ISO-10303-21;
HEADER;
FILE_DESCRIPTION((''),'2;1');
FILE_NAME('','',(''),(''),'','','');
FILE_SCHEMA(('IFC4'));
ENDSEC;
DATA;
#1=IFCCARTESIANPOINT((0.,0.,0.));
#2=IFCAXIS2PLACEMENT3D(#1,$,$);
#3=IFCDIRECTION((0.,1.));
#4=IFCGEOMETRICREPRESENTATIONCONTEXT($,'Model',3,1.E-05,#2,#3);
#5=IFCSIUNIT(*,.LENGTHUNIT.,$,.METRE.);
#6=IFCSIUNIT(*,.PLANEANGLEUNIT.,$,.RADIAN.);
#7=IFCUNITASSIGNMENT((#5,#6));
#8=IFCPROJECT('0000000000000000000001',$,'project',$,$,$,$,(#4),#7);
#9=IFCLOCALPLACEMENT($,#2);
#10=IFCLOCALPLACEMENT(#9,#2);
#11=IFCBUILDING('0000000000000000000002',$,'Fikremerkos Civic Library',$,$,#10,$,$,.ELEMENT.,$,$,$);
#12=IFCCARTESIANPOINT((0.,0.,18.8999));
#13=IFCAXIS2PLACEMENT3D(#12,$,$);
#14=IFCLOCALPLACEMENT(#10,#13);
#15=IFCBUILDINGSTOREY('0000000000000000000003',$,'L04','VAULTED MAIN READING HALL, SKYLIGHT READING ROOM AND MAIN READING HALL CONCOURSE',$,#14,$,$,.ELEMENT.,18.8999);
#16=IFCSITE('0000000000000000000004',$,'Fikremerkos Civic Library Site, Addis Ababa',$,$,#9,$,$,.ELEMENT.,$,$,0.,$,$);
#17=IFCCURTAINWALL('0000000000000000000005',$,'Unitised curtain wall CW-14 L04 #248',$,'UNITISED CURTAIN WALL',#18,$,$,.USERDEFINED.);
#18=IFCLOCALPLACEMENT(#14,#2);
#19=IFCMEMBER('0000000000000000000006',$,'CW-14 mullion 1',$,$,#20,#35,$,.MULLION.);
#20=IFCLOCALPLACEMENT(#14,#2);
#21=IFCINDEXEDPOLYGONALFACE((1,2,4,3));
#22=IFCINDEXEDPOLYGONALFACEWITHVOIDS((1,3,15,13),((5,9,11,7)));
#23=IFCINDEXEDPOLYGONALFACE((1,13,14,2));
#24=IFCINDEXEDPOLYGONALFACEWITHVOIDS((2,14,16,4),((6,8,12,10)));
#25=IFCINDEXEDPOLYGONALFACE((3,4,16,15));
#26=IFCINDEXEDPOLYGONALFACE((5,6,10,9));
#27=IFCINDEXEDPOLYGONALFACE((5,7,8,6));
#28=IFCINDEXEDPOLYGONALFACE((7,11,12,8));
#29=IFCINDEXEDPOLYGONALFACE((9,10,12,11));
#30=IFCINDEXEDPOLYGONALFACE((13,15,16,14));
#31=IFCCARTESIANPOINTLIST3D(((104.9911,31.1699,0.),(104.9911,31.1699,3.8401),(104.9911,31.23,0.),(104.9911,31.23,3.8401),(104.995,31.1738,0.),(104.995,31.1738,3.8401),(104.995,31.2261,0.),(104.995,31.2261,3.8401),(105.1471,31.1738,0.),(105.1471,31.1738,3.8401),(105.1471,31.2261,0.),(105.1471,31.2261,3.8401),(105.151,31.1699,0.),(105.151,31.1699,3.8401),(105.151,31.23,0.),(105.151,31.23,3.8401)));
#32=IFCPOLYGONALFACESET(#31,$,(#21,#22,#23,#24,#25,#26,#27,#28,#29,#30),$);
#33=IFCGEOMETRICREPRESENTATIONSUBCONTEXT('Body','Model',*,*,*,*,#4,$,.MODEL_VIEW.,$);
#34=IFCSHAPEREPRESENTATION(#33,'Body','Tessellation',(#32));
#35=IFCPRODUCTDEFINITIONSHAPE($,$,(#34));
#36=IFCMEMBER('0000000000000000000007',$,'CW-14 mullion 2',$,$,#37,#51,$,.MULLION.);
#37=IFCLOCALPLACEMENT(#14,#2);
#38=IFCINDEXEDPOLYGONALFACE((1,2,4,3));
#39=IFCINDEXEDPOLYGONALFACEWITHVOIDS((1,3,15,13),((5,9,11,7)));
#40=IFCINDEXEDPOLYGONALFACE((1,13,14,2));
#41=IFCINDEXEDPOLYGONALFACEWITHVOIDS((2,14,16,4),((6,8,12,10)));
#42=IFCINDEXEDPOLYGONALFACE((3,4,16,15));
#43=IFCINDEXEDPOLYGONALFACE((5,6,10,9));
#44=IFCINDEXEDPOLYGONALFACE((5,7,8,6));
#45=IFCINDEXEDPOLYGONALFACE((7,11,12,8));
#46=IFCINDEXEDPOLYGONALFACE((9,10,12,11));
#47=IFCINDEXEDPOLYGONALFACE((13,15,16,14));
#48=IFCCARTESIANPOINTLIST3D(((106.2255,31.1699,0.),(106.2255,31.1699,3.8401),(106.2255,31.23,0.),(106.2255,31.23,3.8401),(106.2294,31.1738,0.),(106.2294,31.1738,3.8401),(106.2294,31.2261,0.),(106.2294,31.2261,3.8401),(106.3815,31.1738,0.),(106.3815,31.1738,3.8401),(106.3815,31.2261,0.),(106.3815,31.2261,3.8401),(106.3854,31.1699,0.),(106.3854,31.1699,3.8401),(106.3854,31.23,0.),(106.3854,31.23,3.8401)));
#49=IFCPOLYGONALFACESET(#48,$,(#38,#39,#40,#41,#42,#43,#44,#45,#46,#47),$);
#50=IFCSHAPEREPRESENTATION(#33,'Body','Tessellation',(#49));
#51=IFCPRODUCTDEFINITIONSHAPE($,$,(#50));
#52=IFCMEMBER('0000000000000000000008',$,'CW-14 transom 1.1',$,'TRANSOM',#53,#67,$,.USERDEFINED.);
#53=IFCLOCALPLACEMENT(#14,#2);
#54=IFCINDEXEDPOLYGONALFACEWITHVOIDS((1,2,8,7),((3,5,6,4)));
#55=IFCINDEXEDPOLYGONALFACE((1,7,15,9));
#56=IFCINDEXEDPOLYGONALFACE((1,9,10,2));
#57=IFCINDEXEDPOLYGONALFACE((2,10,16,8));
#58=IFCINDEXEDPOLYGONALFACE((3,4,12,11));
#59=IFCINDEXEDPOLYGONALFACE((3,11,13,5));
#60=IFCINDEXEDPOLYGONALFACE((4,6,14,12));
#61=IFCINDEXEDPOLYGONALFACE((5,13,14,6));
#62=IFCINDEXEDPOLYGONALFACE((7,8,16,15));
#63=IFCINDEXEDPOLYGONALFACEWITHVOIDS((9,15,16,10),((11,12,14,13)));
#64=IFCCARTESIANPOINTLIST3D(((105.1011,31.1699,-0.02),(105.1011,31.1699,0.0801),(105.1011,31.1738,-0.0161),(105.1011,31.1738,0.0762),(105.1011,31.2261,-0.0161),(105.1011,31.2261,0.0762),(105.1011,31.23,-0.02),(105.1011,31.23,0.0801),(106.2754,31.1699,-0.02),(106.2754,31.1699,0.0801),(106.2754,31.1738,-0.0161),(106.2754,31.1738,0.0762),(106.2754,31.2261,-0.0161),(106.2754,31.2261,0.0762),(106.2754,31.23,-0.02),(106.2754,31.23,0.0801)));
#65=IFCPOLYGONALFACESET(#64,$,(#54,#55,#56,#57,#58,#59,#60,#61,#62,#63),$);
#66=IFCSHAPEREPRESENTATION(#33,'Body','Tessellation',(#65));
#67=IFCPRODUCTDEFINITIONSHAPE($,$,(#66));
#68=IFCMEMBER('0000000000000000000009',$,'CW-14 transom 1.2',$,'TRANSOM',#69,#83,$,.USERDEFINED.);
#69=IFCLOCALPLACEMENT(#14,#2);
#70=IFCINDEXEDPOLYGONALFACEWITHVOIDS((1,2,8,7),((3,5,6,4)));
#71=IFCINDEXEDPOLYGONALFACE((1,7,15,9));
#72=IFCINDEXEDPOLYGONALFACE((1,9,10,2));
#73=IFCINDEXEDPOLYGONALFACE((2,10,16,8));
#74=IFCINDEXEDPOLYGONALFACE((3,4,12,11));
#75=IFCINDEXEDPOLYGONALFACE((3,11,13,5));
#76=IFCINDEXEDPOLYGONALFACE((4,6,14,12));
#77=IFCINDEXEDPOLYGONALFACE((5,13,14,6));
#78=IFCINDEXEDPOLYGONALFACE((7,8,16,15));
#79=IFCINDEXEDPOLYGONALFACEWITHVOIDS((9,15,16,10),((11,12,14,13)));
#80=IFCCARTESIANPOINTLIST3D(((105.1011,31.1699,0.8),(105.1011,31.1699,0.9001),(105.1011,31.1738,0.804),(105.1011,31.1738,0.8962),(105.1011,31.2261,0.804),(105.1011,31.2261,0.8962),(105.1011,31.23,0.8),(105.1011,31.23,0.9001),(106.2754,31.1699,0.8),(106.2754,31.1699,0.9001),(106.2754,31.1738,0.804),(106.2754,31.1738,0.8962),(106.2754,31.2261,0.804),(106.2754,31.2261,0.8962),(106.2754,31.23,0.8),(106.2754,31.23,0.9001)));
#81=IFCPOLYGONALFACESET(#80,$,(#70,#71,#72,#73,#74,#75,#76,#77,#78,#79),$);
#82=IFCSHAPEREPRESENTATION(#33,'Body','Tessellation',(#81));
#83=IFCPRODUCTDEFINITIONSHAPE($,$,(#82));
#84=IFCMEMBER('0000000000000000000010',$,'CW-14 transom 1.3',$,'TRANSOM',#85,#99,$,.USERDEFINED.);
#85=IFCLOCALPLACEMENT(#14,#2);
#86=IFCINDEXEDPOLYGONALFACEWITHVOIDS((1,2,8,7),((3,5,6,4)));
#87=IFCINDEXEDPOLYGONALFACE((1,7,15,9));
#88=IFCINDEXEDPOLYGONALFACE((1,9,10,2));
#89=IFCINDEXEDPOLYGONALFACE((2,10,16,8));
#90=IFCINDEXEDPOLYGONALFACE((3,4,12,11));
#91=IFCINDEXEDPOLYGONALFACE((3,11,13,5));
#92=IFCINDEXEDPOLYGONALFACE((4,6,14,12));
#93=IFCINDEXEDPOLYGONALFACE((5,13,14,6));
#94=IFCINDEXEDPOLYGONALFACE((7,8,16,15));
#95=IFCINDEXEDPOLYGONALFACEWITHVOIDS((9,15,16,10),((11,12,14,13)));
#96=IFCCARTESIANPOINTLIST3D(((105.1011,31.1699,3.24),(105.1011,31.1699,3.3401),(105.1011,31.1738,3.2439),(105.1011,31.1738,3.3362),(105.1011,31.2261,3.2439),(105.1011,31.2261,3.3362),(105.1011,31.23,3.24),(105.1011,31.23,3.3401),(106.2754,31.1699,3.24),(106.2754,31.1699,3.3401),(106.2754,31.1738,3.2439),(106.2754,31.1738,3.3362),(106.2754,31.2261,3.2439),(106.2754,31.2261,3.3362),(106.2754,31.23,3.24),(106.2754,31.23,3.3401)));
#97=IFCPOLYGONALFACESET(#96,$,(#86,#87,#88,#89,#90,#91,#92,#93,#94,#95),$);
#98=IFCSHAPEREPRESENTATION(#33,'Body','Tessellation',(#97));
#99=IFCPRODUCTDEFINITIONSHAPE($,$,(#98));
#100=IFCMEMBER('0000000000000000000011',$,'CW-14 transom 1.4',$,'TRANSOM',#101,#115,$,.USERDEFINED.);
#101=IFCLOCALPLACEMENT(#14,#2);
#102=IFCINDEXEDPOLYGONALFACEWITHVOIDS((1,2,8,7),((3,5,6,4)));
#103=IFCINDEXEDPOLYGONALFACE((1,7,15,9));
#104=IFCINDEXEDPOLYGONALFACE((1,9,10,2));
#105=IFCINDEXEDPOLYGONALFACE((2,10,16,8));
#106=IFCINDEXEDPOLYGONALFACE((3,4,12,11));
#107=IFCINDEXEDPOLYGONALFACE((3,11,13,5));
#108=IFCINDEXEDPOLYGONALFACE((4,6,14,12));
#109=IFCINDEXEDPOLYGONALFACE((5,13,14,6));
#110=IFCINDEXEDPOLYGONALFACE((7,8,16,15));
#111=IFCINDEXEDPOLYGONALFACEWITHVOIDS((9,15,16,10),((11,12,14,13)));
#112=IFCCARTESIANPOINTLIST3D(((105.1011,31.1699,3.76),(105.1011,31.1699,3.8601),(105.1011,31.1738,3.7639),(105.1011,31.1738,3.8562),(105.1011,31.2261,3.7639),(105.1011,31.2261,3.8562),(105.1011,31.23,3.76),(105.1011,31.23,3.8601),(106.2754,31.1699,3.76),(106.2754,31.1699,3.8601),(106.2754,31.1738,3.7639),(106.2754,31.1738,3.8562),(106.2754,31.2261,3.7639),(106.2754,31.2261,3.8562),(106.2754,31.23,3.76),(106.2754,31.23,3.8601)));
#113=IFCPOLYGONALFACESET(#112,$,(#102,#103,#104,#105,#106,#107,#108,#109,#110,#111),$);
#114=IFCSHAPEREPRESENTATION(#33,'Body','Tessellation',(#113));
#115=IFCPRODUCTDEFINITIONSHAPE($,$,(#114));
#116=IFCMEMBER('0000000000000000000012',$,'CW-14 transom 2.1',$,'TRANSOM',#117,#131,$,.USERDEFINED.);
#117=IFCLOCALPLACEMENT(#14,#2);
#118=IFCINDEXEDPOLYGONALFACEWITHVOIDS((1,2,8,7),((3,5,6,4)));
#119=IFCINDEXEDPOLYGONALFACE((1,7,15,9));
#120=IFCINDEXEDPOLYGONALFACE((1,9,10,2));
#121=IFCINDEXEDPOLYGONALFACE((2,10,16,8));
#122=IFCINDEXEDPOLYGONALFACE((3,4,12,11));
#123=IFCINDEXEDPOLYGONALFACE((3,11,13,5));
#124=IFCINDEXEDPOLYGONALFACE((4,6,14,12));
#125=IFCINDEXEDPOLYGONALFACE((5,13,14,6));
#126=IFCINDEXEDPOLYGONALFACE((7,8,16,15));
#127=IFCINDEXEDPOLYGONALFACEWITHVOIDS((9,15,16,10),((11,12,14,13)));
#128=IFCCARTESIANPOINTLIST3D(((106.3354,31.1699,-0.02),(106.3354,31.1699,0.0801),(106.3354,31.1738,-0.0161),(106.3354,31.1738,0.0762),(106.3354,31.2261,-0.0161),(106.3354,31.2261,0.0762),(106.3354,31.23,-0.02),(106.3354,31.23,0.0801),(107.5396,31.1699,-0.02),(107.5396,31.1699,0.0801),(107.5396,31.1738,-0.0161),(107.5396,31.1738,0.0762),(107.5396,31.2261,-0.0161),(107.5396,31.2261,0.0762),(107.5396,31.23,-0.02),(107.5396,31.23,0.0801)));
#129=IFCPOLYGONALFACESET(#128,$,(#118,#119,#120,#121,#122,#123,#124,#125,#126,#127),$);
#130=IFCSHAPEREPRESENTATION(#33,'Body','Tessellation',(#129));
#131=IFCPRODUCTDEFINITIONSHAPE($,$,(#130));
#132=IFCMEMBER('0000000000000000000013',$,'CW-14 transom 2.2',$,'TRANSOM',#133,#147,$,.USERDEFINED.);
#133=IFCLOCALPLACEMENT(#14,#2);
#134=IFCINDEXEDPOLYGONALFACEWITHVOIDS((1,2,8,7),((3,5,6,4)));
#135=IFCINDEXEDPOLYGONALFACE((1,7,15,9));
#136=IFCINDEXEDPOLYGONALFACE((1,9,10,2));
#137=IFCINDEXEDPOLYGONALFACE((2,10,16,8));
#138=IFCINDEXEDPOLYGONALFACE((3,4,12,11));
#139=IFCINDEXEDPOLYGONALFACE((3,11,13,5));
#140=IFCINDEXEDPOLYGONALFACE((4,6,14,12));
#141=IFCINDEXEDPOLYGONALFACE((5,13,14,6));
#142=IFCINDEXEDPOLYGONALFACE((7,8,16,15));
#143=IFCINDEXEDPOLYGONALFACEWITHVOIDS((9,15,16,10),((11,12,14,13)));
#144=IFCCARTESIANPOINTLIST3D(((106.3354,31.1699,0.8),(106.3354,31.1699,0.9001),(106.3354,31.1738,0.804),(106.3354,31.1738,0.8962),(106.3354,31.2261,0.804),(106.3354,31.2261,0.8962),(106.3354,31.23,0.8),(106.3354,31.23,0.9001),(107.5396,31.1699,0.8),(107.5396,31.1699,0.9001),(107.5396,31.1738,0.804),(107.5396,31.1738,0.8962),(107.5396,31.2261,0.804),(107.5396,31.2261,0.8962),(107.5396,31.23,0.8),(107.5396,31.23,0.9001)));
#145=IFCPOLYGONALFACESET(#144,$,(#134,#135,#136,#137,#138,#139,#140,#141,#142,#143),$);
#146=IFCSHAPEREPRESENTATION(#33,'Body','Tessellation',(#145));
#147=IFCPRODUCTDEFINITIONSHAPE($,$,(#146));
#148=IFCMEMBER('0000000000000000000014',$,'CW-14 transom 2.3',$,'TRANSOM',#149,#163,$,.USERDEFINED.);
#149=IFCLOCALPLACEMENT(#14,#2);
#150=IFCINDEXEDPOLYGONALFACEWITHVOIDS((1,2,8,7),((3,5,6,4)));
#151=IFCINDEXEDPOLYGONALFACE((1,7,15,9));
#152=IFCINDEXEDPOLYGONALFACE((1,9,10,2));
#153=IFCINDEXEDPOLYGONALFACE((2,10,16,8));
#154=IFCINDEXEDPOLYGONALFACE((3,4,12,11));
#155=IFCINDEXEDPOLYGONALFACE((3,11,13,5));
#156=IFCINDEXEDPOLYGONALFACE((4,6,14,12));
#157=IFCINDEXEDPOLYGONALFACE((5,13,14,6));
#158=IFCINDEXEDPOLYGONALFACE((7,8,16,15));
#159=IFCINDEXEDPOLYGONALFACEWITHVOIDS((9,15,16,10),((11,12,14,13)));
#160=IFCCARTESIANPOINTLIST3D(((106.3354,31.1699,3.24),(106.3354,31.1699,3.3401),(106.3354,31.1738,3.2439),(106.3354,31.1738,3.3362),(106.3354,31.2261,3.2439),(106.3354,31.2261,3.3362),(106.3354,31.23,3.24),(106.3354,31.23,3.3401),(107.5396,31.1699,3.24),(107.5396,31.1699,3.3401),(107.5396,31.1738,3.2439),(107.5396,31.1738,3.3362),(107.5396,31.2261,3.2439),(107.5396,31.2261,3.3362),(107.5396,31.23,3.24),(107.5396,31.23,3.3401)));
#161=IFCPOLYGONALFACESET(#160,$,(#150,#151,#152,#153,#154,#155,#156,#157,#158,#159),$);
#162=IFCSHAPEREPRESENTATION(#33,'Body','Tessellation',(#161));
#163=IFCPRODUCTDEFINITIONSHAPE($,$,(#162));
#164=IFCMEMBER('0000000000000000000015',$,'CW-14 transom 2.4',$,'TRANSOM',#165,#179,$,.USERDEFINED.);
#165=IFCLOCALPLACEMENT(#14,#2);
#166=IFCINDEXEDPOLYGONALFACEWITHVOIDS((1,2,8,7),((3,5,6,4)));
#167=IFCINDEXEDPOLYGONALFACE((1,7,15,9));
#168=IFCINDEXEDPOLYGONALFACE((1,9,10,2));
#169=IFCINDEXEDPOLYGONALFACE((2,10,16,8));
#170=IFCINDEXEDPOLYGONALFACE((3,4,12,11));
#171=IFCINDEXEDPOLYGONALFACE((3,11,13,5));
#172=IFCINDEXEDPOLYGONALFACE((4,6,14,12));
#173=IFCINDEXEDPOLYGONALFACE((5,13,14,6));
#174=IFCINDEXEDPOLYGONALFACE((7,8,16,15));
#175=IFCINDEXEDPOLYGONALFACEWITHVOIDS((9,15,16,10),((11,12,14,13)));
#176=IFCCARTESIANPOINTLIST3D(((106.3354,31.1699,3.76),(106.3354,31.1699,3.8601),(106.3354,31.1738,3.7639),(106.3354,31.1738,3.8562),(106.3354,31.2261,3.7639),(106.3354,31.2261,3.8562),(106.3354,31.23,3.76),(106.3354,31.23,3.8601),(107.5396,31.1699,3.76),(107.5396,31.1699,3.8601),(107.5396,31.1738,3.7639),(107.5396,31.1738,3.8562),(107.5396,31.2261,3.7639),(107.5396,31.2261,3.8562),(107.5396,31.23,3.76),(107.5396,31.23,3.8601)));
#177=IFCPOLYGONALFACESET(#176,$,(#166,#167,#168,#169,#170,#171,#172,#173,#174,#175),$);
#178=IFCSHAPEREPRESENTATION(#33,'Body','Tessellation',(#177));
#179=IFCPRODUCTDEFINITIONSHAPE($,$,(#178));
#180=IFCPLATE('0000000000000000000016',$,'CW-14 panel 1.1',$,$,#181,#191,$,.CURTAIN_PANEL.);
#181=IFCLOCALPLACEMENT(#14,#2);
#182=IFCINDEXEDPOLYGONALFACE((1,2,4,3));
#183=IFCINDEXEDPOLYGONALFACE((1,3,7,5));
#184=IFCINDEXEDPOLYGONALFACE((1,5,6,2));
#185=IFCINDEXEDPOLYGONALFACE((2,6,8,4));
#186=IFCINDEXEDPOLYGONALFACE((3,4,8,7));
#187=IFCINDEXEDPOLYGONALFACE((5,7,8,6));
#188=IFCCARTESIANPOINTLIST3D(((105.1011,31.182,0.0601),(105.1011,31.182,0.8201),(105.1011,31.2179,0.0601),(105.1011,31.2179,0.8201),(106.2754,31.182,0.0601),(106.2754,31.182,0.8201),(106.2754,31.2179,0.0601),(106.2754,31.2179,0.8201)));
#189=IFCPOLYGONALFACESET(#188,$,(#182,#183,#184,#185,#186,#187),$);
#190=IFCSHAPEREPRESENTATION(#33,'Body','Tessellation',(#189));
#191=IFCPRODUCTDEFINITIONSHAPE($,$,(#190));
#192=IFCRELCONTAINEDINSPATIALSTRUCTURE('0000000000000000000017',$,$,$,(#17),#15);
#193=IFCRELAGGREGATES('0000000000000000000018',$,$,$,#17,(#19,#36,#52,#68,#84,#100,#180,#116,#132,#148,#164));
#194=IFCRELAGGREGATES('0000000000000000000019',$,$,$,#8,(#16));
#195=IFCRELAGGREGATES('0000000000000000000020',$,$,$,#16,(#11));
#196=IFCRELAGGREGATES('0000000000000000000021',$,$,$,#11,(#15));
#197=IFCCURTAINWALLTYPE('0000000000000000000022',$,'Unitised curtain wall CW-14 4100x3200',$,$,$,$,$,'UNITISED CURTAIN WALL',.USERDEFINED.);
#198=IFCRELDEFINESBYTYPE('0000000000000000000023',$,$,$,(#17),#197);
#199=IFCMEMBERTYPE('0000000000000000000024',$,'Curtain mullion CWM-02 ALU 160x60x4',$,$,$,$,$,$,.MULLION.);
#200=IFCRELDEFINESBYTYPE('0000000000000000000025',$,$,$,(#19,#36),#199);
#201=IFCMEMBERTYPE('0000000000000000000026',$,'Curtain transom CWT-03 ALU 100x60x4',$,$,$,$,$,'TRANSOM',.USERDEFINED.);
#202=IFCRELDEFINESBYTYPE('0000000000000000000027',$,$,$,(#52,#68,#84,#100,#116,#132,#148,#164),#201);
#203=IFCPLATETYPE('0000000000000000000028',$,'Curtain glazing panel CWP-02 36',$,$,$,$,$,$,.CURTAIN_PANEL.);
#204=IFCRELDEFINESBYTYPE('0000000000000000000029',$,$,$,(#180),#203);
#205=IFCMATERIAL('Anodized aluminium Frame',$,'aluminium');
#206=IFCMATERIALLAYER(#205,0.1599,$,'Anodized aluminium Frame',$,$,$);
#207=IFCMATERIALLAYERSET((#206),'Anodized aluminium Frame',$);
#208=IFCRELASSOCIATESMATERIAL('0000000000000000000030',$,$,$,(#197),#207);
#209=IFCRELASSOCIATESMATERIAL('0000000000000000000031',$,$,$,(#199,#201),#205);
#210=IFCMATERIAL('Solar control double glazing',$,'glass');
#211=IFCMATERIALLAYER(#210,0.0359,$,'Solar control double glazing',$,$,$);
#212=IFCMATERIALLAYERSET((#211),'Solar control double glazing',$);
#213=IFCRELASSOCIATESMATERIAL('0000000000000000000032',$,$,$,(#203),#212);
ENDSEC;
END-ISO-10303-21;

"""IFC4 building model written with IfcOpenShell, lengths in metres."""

from ifc_helpers import new_model, si_unit, direction, frame, origin, origin_2d, place, context, subcontext, project, spatial, rectangle, hollow_rectangle, extrude, material, layer, layer_set, material_profile, profile_set, type_object, element, aggregate, save


model = new_model("IFC4")

# Units and contexts
model_context = context("Model", 3, precision=1e-05, world=origin(), true_north=direction((0.0, 1.0)))
body_context = subcontext(model_context, "Body", "Model", "MODEL_VIEW")
ifc_project = project(units=[si_unit("LENGTHUNIT", "METRE"), si_unit("PLANEANGLEUNIT", "RADIAN")], contexts=[model_context])

# Site, building, storey
site_placement = place(None, origin())
site = spatial("IfcSite", under=ifc_project, at=site_placement, Name="Fikremerkos Civic Library Site, Addis Ababa", CompositionType="ELEMENT", RefElevation=0.0)
building_placement = place(site_placement, origin())
building = spatial("IfcBuilding", under=site, at=building_placement, Name="Fikremerkos Civic Library", CompositionType="ELEMENT")
storey_placement = place(building_placement, frame((0.0, 0.0, 18.8999)))
storey = spatial("IfcBuildingStorey", under=building, at=storey_placement, Name="L04", Description="VAULTED MAIN READING HALL, SKYLIGHT READING ROOM AND MAIN READING HALL CONCOURSE", CompositionType="ELEMENT", Elevation=18.8999)

# Curtain wall, members, plate
ifc_material_1 = material(Name="Anodized aluminium Frame", Category="aluminium")
ifc_layer_1 = layer(ifc_material_1, 0.1599, Name="Anodized aluminium Frame")
ifc_layer_set_1 = layer_set([ifc_layer_1], Name="Anodized aluminium Frame")
curtain_wall_type = type_object("IfcCurtainWallType", Name="Unitised curtain wall CW-14 4100x3200", ElementType="UNITISED CURTAIN WALL", PredefinedType="USERDEFINED", material=ifc_layer_set_1)
curtain_wall_placement = place(storey_placement, origin())
curtain_wall = element("IfcCurtainWall", 1, at=curtain_wall_placement, inside=storey, type_object=curtain_wall_type, Name="Unitised curtain wall CW-14 L04 #248", ObjectType="UNITISED CURTAIN WALL", PredefinedType="USERDEFINED")
ifc_material_profile_1 = material_profile(ifc_material_1, hollow_rectangle(XDim=0.0601, YDim=0.1599, WallThickness=0.0039, at=origin_2d()), Name="ALU 160x60x4")
ifc_profile_set_1 = profile_set([ifc_material_profile_1], Name="Anodized aluminium Frame")
member_type_1 = type_object("IfcMemberType", Name="Curtain mullion CWM-02 ALU 160x60x4", PredefinedType="MULLION", material=ifc_profile_set_1)
member_1_placement = place(storey_placement, frame((105.071, 31.2, 0.0), z_axis=(0.0, 0.0, 1.0), x_axis=(0.0, 1.0, 0.0)))
member_1 = element("IfcMember", 2, at=member_1_placement, type_object=member_type_1, Name="CW-14 mullion 1", PredefinedType="MULLION", context=body_context, shape_type="SweptSolid", body=[
    extrude(hollow_rectangle(XDim=0.0601, YDim=0.1599, WallThickness=0.0039, at=origin_2d()), origin(), (0.0, 0.0, 1.0), 3.8401),
])
member_2_placement = place(storey_placement, frame((106.3054, 31.2, 0.0), z_axis=(0.0, 0.0, 1.0), x_axis=(0.0, 1.0, 0.0)))
member_2 = element("IfcMember", 3, at=member_2_placement, type_object=member_type_1, Name="CW-14 mullion 2", PredefinedType="MULLION", context=body_context, shape_type="SweptSolid", body=[
    extrude(hollow_rectangle(XDim=0.0601, YDim=0.1599, WallThickness=0.0039, at=origin_2d()), origin(), (0.0, 0.0, 1.0), 3.8401),
])
ifc_material_profile_2 = material_profile(ifc_material_1, hollow_rectangle(XDim=0.0601, YDim=0.1001, WallThickness=0.0039, at=origin_2d()), Name="ALU 100x60x4")
ifc_profile_set_2 = profile_set([ifc_material_profile_2], Name="Anodized aluminium Frame")
member_type_2 = type_object("IfcMemberType", Name="Curtain transom CWT-03 ALU 100x60x4", ElementType="TRANSOM", PredefinedType="USERDEFINED", material=ifc_profile_set_2)
member_3_placement = place(storey_placement, frame((105.1011, 31.2, 0.03), z_axis=(1.0, 0.0, 0.0), x_axis=(0.0, 1.0, 0.0)))
member_3 = element("IfcMember", 4, at=member_3_placement, type_object=member_type_2, Name="CW-14 transom 1.1", ObjectType="TRANSOM", PredefinedType="USERDEFINED", context=body_context, shape_type="SweptSolid", body=[
    extrude(hollow_rectangle(XDim=0.0601, YDim=0.1001, WallThickness=0.0039, at=origin_2d()), origin(), (0.0, 0.0, 1.0), 1.1743),
])
member_4_placement = place(storey_placement, frame((105.1011, 31.2, 0.8501), z_axis=(1.0, 0.0, 0.0), x_axis=(0.0, 1.0, 0.0)))
member_4 = element("IfcMember", 5, at=member_4_placement, type_object=member_type_2, Name="CW-14 transom 1.2", ObjectType="TRANSOM", PredefinedType="USERDEFINED", context=body_context, shape_type="SweptSolid", body=[
    extrude(hollow_rectangle(XDim=0.0601, YDim=0.1001, WallThickness=0.0039, at=origin_2d()), origin(), (0.0, 0.0, 1.0), 1.1743),
])
member_5_placement = place(storey_placement, frame((105.1011, 31.2, 3.29), z_axis=(1.0, 0.0, 0.0), x_axis=(0.0, 1.0, 0.0)))
member_5 = element("IfcMember", 6, at=member_5_placement, type_object=member_type_2, Name="CW-14 transom 1.3", ObjectType="TRANSOM", PredefinedType="USERDEFINED", context=body_context, shape_type="SweptSolid", body=[
    extrude(hollow_rectangle(XDim=0.0601, YDim=0.1001, WallThickness=0.0039, at=origin_2d()), origin(), (0.0, 0.0, 1.0), 1.1743),
])
member_6_placement = place(storey_placement, frame((105.1011, 31.2, 3.8101), z_axis=(1.0, 0.0, 0.0), x_axis=(0.0, 1.0, 0.0)))
member_6 = element("IfcMember", 7, at=member_6_placement, type_object=member_type_2, Name="CW-14 transom 1.4", ObjectType="TRANSOM", PredefinedType="USERDEFINED", context=body_context, shape_type="SweptSolid", body=[
    extrude(hollow_rectangle(XDim=0.0601, YDim=0.1001, WallThickness=0.0039, at=origin_2d()), origin(), (0.0, 0.0, 1.0), 1.1743),
])
member_7_placement = place(storey_placement, frame((106.3354, 31.2, 0.03), z_axis=(1.0, 0.0, 0.0), x_axis=(0.0, 1.0, 0.0)))
member_7 = element("IfcMember", 8, at=member_7_placement, type_object=member_type_2, Name="CW-14 transom 2.1", ObjectType="TRANSOM", PredefinedType="USERDEFINED", context=body_context, shape_type="SweptSolid", body=[
    extrude(hollow_rectangle(XDim=0.0601, YDim=0.1001, WallThickness=0.0039, at=origin_2d()), origin(), (0.0, 0.0, 1.0), 1.2041),
])
member_8_placement = place(storey_placement, frame((106.3354, 31.2, 0.8501), z_axis=(1.0, 0.0, 0.0), x_axis=(0.0, 1.0, 0.0)))
member_8 = element("IfcMember", 9, at=member_8_placement, type_object=member_type_2, Name="CW-14 transom 2.2", ObjectType="TRANSOM", PredefinedType="USERDEFINED", context=body_context, shape_type="SweptSolid", body=[
    extrude(hollow_rectangle(XDim=0.0601, YDim=0.1001, WallThickness=0.0039, at=origin_2d()), origin(), (0.0, 0.0, 1.0), 1.2041),
])
member_9_placement = place(storey_placement, frame((106.3354, 31.2, 3.29), z_axis=(1.0, 0.0, 0.0), x_axis=(0.0, 1.0, 0.0)))
member_9 = element("IfcMember", 10, at=member_9_placement, type_object=member_type_2, Name="CW-14 transom 2.3", ObjectType="TRANSOM", PredefinedType="USERDEFINED", context=body_context, shape_type="SweptSolid", body=[
    extrude(hollow_rectangle(XDim=0.0601, YDim=0.1001, WallThickness=0.0039, at=origin_2d()), origin(), (0.0, 0.0, 1.0), 1.2041),
])
member_10_placement = place(storey_placement, frame((106.3354, 31.2, 3.8101), z_axis=(1.0, 0.0, 0.0), x_axis=(0.0, 1.0, 0.0)))
member_10 = element("IfcMember", 11, at=member_10_placement, type_object=member_type_2, Name="CW-14 transom 2.4", ObjectType="TRANSOM", PredefinedType="USERDEFINED", context=body_context, shape_type="SweptSolid", body=[
    extrude(hollow_rectangle(XDim=0.0601, YDim=0.1001, WallThickness=0.0039, at=origin_2d()), origin(), (0.0, 0.0, 1.0), 1.2041),
])
ifc_material_2 = material(Name="Solar control double glazing", Category="glass")
ifc_layer_2 = layer(ifc_material_2, 0.0359, Name="Solar control double glazing")
ifc_layer_set_2 = layer_set([ifc_layer_2], Name="Solar control double glazing")
plate_type = type_object("IfcPlateType", Name="Curtain glazing panel CWP-02 36", PredefinedType="CURTAIN_PANEL", material=ifc_layer_set_2)
plate_1_placement = place(storey_placement, frame((105.6882, 31.2, 0.0601), z_axis=(0.0, 0.0, 1.0), x_axis=(1.0, 0.0, 0.0)))
plate_1 = element("IfcPlate", 12, at=plate_1_placement, type_object=plate_type, Name="CW-14 panel 1.1", PredefinedType="CURTAIN_PANEL", context=body_context, shape_type="SweptSolid", body=[
    extrude(rectangle(XDim=1.1743, YDim=0.0359, at=origin_2d()), origin(), (0.0, 0.0, 1.0), 0.76),
])
aggregate(curtain_wall, [member_1, member_2, member_3, member_4, member_5, member_6, plate_1, member_7, member_8, member_9, member_10])

save(model, "model.ifc")
